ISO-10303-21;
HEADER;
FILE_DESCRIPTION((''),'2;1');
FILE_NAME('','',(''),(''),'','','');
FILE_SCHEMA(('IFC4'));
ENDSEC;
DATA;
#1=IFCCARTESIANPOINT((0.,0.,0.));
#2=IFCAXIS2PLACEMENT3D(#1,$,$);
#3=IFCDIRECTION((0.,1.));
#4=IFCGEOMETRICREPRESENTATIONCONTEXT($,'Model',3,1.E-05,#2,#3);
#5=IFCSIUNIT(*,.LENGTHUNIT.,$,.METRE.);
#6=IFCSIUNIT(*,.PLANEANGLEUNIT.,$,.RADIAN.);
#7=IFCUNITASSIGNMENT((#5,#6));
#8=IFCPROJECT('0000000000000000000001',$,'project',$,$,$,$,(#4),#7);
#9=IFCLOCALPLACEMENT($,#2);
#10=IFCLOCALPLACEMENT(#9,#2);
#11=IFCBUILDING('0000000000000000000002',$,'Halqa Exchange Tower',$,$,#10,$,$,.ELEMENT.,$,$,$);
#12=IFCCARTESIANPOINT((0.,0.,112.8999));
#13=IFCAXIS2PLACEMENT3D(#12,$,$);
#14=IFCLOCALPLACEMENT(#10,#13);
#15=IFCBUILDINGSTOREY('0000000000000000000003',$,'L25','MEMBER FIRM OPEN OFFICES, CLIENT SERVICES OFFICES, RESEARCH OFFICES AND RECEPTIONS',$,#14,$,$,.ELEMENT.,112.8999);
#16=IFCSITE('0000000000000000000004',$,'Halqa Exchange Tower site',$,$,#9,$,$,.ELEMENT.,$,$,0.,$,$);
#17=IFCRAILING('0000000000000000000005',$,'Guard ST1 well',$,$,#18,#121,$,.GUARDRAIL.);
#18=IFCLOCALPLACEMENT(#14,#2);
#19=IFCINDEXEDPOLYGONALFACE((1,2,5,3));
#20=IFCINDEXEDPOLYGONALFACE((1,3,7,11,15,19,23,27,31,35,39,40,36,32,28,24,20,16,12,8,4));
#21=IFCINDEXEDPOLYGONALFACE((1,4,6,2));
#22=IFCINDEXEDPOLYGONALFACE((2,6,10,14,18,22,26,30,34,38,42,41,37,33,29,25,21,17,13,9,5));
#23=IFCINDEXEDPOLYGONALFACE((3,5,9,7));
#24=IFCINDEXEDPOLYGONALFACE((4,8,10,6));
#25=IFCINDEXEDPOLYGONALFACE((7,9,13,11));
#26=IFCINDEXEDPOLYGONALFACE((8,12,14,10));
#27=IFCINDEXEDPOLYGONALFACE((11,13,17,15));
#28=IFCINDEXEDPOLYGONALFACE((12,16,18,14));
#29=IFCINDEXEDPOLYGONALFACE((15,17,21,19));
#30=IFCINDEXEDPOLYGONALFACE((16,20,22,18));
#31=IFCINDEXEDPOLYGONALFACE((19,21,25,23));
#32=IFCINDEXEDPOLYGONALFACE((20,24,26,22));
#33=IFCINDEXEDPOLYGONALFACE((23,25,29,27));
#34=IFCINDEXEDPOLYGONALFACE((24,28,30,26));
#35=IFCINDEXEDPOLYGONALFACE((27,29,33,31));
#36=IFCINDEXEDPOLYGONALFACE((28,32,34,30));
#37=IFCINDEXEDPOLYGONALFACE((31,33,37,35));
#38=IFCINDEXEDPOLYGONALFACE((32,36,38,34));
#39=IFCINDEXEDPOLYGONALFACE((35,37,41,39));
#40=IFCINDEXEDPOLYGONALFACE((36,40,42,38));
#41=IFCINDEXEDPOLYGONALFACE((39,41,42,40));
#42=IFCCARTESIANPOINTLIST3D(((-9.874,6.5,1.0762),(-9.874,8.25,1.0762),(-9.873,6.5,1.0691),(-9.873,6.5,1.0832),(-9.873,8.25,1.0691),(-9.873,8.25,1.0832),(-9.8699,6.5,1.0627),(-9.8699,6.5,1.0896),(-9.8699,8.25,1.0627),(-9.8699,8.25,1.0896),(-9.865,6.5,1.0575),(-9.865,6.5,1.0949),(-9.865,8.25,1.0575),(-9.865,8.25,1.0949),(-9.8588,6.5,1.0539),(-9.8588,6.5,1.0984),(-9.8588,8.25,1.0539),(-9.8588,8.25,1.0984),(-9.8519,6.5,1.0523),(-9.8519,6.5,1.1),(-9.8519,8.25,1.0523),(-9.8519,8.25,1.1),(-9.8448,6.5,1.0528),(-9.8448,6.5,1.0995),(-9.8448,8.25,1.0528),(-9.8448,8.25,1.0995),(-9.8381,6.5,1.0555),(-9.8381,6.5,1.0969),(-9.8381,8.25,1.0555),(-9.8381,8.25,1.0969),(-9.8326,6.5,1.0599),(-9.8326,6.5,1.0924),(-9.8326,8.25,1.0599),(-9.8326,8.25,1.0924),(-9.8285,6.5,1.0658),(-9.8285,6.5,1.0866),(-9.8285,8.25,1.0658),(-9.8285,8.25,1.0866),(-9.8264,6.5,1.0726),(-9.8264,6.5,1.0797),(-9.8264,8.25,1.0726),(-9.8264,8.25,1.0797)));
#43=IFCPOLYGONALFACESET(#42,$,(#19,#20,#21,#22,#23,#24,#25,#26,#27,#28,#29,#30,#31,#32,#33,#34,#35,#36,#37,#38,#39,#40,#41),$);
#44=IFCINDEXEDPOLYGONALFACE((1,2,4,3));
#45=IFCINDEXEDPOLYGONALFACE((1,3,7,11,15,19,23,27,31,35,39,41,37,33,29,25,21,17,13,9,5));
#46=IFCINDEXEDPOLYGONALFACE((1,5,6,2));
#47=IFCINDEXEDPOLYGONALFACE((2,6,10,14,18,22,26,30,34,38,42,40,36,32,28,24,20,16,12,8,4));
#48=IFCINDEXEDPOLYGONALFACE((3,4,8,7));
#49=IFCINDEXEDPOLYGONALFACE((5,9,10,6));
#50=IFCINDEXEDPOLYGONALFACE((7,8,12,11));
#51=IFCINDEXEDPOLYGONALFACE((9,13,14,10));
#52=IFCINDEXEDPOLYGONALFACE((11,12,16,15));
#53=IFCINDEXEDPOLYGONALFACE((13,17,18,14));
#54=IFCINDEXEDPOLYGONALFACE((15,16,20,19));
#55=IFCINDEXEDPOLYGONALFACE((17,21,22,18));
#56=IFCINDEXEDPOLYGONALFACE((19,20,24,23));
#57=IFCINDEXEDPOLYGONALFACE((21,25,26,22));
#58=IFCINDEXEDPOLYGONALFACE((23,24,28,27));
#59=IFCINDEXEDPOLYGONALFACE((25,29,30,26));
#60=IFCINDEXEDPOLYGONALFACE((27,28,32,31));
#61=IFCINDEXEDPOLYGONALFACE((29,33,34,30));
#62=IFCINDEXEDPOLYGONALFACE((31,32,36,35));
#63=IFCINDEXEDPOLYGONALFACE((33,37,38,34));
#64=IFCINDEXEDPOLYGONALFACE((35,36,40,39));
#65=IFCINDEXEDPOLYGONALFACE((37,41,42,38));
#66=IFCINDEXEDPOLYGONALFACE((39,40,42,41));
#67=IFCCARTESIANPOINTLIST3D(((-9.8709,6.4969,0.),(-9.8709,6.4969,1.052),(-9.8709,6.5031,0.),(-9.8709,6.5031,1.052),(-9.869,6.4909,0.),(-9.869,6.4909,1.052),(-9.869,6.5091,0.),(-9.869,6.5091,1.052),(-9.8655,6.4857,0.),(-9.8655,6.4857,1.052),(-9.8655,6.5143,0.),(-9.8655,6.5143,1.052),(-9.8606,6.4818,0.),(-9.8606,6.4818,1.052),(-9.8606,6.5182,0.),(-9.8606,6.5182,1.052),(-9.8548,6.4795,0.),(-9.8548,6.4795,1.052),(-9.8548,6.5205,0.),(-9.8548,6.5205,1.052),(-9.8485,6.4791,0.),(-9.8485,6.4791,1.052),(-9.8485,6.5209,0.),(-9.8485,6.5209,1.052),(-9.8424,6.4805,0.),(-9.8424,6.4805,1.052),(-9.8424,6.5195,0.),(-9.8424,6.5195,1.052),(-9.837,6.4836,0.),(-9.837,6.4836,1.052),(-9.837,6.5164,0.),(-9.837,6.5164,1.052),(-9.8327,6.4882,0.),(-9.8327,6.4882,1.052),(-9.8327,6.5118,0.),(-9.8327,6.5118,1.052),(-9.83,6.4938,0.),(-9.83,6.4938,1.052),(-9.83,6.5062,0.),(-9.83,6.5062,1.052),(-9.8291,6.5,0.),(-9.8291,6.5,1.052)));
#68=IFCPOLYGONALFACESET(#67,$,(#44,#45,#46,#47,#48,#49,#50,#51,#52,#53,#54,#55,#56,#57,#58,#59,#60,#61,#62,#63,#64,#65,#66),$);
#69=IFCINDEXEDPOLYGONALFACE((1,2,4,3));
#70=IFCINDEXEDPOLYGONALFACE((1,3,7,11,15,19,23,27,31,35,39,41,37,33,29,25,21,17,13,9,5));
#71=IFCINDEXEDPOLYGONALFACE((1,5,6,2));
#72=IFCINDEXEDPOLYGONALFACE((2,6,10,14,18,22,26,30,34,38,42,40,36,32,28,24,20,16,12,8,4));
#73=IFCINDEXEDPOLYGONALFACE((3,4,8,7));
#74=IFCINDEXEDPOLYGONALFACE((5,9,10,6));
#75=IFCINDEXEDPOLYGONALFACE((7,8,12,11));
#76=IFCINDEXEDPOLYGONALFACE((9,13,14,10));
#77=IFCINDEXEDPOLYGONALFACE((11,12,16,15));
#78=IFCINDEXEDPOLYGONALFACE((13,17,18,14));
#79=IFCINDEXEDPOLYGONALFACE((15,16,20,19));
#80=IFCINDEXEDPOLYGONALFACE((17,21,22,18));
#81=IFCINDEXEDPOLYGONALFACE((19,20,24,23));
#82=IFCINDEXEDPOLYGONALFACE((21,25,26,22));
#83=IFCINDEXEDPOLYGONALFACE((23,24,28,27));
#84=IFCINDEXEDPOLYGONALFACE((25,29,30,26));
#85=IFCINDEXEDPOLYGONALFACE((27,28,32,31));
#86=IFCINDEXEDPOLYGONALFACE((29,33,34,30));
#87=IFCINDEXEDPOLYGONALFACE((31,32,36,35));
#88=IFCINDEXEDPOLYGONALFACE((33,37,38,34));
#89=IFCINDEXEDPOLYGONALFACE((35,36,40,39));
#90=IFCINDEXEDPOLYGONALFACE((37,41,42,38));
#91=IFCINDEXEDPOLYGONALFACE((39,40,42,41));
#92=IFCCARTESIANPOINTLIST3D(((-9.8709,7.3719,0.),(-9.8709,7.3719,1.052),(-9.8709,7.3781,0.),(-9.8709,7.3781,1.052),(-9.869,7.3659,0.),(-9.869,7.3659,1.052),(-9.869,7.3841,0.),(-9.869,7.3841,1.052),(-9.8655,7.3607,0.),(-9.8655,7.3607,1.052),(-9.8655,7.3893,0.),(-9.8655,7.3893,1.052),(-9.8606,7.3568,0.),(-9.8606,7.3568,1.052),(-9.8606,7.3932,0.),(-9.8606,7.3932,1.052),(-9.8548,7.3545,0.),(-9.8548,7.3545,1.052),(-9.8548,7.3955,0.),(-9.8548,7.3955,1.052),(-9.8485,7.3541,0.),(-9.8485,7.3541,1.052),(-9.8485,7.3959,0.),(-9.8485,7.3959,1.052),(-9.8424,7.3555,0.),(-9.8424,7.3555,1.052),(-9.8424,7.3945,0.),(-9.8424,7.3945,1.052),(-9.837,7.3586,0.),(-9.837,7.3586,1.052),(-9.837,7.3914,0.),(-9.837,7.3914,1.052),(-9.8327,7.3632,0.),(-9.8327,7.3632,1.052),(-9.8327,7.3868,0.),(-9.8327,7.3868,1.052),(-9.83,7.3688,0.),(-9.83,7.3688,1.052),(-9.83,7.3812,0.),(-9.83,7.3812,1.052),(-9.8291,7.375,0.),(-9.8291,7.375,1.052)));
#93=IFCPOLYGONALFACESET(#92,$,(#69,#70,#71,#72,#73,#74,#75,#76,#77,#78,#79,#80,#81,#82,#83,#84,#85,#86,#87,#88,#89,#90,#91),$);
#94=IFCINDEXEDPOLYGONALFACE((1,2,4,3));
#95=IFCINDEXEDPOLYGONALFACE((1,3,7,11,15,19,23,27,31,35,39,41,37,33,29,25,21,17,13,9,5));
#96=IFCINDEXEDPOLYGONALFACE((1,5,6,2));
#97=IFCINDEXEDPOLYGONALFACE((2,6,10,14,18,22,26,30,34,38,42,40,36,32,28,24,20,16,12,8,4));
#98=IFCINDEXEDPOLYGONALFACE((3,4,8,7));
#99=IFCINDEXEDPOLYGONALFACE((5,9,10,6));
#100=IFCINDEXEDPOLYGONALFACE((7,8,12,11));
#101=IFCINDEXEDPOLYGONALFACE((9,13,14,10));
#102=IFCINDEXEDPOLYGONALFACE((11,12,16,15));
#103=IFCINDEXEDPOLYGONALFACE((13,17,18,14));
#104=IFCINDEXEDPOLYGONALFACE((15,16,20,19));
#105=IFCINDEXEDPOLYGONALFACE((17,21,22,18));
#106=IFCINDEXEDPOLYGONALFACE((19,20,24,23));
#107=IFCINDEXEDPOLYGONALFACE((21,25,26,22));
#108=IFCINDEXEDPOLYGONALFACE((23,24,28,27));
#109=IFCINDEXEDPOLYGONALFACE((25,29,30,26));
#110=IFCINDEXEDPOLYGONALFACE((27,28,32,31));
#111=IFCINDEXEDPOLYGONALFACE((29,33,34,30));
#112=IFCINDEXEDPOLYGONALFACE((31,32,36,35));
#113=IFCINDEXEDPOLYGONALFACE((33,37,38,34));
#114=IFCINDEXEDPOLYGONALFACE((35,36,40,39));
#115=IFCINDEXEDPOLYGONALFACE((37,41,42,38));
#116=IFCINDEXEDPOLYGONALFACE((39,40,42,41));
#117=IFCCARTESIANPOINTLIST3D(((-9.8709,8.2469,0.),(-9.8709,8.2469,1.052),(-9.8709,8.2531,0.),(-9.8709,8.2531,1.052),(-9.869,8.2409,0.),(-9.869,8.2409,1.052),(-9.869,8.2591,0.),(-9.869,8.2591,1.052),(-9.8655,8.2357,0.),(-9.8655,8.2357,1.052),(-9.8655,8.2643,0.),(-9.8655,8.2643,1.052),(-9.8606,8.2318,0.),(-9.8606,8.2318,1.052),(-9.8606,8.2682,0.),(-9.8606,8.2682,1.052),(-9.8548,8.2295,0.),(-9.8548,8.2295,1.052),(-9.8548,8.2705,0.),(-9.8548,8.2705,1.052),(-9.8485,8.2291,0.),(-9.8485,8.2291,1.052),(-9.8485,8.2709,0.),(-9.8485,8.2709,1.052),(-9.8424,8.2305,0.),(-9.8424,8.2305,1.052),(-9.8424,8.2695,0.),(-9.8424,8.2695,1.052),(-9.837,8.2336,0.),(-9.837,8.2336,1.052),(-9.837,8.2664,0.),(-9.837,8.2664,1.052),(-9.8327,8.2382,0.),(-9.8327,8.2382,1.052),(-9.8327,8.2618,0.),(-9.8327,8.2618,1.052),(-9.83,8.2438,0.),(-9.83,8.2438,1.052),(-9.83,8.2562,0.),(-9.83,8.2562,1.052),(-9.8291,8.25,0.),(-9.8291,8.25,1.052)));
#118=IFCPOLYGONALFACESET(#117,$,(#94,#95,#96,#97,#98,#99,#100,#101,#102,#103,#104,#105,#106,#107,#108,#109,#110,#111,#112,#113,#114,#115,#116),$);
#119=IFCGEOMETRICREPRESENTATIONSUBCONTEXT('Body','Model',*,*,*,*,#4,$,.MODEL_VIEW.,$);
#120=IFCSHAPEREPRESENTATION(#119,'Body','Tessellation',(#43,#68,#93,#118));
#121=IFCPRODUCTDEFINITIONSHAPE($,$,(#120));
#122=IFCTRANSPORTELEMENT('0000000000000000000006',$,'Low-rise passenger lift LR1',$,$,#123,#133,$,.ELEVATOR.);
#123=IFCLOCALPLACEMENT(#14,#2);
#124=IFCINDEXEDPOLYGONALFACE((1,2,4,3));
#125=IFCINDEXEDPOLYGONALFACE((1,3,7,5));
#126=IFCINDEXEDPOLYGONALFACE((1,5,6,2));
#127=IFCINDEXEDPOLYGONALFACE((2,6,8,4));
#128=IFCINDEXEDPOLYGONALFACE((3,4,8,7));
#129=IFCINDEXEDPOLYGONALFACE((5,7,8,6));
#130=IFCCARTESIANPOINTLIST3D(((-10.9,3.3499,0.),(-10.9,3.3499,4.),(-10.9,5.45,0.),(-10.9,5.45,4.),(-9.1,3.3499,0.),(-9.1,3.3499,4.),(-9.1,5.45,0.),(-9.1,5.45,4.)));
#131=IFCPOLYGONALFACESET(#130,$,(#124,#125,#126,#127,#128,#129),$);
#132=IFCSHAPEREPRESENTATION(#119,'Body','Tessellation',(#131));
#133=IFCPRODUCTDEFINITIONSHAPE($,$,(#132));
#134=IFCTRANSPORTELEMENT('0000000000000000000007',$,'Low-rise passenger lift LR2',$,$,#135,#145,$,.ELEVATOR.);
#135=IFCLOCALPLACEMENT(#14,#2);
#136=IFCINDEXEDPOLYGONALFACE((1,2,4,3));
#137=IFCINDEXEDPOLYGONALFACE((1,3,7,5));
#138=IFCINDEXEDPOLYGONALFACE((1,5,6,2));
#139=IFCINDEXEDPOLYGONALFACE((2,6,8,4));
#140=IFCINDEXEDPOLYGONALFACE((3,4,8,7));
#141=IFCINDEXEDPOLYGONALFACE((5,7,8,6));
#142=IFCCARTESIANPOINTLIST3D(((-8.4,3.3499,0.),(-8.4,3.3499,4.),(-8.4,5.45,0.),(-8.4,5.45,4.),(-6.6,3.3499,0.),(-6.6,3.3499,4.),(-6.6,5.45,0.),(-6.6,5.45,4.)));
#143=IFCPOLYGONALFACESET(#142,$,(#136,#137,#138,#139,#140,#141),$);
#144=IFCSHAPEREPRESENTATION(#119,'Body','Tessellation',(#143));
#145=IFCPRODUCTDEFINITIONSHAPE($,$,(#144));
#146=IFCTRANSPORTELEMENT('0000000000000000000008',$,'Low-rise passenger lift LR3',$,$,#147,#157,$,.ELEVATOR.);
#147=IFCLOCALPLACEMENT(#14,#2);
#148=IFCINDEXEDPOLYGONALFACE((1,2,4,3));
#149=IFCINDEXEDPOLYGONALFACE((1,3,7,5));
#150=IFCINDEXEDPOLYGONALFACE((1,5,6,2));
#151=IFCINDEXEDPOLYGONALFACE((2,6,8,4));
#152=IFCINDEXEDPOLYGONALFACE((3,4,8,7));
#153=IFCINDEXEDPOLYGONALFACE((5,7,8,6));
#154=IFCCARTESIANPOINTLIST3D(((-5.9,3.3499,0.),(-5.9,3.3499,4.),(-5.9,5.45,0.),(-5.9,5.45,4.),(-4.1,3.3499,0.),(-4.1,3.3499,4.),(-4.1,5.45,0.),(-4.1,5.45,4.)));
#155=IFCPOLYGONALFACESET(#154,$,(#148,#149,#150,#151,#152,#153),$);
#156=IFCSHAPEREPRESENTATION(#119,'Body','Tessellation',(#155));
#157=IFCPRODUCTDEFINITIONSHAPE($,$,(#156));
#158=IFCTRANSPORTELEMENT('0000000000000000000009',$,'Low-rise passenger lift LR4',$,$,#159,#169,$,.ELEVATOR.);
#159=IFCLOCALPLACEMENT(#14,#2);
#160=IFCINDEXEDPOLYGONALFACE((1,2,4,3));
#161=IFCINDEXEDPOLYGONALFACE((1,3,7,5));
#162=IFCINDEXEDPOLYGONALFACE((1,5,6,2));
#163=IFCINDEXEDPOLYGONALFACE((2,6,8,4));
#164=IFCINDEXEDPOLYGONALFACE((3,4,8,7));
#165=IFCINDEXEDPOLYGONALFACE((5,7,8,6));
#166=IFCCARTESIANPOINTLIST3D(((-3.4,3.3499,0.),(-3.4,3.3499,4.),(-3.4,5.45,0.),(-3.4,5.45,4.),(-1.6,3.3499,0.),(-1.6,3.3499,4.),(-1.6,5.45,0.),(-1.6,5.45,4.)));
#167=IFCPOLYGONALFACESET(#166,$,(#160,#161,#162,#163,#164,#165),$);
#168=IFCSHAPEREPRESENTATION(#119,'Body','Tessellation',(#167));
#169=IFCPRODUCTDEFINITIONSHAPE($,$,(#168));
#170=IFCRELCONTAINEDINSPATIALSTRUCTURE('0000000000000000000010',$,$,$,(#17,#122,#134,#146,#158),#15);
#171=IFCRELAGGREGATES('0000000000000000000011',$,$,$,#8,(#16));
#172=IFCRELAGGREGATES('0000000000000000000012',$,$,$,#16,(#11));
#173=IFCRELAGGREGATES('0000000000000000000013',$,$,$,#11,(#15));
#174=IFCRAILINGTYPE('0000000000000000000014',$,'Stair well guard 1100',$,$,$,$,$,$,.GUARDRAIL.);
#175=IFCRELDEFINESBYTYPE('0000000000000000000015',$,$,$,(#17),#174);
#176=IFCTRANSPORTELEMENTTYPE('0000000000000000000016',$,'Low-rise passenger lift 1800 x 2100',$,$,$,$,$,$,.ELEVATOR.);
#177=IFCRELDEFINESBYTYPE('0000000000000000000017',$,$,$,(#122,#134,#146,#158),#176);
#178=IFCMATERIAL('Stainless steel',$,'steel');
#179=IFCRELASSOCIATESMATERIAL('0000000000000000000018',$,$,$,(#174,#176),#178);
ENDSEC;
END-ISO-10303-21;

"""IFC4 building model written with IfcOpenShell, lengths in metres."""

from ifc_helpers import new_model, si_unit, direction, frame, origin, origin_2d, place, context, subcontext, project, spatial, rectangle, circle, extrude, material, type_object, element, save


model = new_model("IFC4")

# Units and contexts
model_context = context("Model", 3, precision=1e-05, world=origin(), true_north=direction((0.0, 1.0)))
body_context = subcontext(model_context, "Body", "Model", "MODEL_VIEW")
ifc_project = project(units=[si_unit("LENGTHUNIT", "METRE"), si_unit("PLANEANGLEUNIT", "RADIAN")], contexts=[model_context])

# Site, building, storey
site_placement = place(None, origin())
site = spatial("IfcSite", under=ifc_project, at=site_placement, Name="Halqa Exchange Tower site", CompositionType="ELEMENT", RefElevation=0.0)
building_placement = place(site_placement, origin())
building = spatial("IfcBuilding", under=site, at=building_placement, Name="Halqa Exchange Tower", CompositionType="ELEMENT")
storey_placement = place(building_placement, frame((0.0, 0.0, 112.8999)))
storey = spatial("IfcBuildingStorey", under=building, at=storey_placement, Name="L25", Description="MEMBER FIRM OPEN OFFICES, CLIENT SERVICES OFFICES, RESEARCH OFFICES AND RECEPTIONS", CompositionType="ELEMENT", Elevation=112.8999)

# Shared definitions
ifc_material_1 = material(Name="Stainless steel", Category="steel")

# Railing
railing_type_1 = type_object("IfcRailingType", Name="Stair well guard 1100", PredefinedType="GUARDRAIL", material=ifc_material_1)
railing_1_placement = place(storey_placement, frame((-9.8501, 6.5, 0.0)))
element("IfcRailing", 1, at=railing_1_placement, inside=storey, type_object=railing_type_1, Name="Guard ST1 well", PredefinedType="GUARDRAIL", context=body_context, shape_type="SweptSolid", body=[
    extrude(circle(Radius=0.0239, at=origin_2d()), frame((0.0, 0.0, 1.0762), z_axis=(0.0, 1.0, 0.0), x_axis=(-1.0, 0.0, 0.0)), (0.0, 0.0, 1.0), 1.75),
    extrude(circle(Radius=0.021, at=origin_2d()), origin(), (0.0, 0.0, 1.0), 1.052),
    extrude(circle(Radius=0.021, at=origin_2d()), frame((0.0, 0.875, 0.0)), (0.0, 0.0, 1.0), 1.052),
    extrude(circle(Radius=0.021, at=origin_2d()), frame((0.0, 1.75, 0.0)), (0.0, 0.0, 1.0), 1.052),
])

# Transport elements
transport_element_type = type_object("IfcTransportElementType", Name="Low-rise passenger lift 1800 x 2100", PredefinedType="ELEVATOR", material=ifc_material_1)
for number, where, z_axis, x_axis, name in (
    (2, (-10.0, 4.3999, 0.0), (0.0, 0.0, 1.0), (1.0, 0.0, 0.0), "Low-rise passenger lift LR1"),
    (3, (-7.5, 4.3999, 0.0), (0.0, 0.0, 1.0), (1.0, 0.0, 0.0), "Low-rise passenger lift LR2"),
    (4, (-5.0, 4.3999, 0.0), (0.0, 0.0, 1.0), (1.0, 0.0, 0.0), "Low-rise passenger lift LR3"),
    (5, (-2.5, 4.3999, 0.0), (0.0, 0.0, 1.0), (1.0, 0.0, 0.0), "Low-rise passenger lift LR4"),
):
    element("IfcTransportElement", number, at=place(storey_placement, frame(where, z_axis=z_axis, x_axis=x_axis)), inside=storey, type_object=transport_element_type, Name=name, PredefinedType="ELEVATOR", context=body_context, shape_type="SweptSolid", body=[
        extrude(rectangle(XDim=1.8, YDim=2.1001, at=origin_2d()), origin(), (0.0, 0.0, 1.0), 4.0),
    ])

save(model, "model.ifc")
